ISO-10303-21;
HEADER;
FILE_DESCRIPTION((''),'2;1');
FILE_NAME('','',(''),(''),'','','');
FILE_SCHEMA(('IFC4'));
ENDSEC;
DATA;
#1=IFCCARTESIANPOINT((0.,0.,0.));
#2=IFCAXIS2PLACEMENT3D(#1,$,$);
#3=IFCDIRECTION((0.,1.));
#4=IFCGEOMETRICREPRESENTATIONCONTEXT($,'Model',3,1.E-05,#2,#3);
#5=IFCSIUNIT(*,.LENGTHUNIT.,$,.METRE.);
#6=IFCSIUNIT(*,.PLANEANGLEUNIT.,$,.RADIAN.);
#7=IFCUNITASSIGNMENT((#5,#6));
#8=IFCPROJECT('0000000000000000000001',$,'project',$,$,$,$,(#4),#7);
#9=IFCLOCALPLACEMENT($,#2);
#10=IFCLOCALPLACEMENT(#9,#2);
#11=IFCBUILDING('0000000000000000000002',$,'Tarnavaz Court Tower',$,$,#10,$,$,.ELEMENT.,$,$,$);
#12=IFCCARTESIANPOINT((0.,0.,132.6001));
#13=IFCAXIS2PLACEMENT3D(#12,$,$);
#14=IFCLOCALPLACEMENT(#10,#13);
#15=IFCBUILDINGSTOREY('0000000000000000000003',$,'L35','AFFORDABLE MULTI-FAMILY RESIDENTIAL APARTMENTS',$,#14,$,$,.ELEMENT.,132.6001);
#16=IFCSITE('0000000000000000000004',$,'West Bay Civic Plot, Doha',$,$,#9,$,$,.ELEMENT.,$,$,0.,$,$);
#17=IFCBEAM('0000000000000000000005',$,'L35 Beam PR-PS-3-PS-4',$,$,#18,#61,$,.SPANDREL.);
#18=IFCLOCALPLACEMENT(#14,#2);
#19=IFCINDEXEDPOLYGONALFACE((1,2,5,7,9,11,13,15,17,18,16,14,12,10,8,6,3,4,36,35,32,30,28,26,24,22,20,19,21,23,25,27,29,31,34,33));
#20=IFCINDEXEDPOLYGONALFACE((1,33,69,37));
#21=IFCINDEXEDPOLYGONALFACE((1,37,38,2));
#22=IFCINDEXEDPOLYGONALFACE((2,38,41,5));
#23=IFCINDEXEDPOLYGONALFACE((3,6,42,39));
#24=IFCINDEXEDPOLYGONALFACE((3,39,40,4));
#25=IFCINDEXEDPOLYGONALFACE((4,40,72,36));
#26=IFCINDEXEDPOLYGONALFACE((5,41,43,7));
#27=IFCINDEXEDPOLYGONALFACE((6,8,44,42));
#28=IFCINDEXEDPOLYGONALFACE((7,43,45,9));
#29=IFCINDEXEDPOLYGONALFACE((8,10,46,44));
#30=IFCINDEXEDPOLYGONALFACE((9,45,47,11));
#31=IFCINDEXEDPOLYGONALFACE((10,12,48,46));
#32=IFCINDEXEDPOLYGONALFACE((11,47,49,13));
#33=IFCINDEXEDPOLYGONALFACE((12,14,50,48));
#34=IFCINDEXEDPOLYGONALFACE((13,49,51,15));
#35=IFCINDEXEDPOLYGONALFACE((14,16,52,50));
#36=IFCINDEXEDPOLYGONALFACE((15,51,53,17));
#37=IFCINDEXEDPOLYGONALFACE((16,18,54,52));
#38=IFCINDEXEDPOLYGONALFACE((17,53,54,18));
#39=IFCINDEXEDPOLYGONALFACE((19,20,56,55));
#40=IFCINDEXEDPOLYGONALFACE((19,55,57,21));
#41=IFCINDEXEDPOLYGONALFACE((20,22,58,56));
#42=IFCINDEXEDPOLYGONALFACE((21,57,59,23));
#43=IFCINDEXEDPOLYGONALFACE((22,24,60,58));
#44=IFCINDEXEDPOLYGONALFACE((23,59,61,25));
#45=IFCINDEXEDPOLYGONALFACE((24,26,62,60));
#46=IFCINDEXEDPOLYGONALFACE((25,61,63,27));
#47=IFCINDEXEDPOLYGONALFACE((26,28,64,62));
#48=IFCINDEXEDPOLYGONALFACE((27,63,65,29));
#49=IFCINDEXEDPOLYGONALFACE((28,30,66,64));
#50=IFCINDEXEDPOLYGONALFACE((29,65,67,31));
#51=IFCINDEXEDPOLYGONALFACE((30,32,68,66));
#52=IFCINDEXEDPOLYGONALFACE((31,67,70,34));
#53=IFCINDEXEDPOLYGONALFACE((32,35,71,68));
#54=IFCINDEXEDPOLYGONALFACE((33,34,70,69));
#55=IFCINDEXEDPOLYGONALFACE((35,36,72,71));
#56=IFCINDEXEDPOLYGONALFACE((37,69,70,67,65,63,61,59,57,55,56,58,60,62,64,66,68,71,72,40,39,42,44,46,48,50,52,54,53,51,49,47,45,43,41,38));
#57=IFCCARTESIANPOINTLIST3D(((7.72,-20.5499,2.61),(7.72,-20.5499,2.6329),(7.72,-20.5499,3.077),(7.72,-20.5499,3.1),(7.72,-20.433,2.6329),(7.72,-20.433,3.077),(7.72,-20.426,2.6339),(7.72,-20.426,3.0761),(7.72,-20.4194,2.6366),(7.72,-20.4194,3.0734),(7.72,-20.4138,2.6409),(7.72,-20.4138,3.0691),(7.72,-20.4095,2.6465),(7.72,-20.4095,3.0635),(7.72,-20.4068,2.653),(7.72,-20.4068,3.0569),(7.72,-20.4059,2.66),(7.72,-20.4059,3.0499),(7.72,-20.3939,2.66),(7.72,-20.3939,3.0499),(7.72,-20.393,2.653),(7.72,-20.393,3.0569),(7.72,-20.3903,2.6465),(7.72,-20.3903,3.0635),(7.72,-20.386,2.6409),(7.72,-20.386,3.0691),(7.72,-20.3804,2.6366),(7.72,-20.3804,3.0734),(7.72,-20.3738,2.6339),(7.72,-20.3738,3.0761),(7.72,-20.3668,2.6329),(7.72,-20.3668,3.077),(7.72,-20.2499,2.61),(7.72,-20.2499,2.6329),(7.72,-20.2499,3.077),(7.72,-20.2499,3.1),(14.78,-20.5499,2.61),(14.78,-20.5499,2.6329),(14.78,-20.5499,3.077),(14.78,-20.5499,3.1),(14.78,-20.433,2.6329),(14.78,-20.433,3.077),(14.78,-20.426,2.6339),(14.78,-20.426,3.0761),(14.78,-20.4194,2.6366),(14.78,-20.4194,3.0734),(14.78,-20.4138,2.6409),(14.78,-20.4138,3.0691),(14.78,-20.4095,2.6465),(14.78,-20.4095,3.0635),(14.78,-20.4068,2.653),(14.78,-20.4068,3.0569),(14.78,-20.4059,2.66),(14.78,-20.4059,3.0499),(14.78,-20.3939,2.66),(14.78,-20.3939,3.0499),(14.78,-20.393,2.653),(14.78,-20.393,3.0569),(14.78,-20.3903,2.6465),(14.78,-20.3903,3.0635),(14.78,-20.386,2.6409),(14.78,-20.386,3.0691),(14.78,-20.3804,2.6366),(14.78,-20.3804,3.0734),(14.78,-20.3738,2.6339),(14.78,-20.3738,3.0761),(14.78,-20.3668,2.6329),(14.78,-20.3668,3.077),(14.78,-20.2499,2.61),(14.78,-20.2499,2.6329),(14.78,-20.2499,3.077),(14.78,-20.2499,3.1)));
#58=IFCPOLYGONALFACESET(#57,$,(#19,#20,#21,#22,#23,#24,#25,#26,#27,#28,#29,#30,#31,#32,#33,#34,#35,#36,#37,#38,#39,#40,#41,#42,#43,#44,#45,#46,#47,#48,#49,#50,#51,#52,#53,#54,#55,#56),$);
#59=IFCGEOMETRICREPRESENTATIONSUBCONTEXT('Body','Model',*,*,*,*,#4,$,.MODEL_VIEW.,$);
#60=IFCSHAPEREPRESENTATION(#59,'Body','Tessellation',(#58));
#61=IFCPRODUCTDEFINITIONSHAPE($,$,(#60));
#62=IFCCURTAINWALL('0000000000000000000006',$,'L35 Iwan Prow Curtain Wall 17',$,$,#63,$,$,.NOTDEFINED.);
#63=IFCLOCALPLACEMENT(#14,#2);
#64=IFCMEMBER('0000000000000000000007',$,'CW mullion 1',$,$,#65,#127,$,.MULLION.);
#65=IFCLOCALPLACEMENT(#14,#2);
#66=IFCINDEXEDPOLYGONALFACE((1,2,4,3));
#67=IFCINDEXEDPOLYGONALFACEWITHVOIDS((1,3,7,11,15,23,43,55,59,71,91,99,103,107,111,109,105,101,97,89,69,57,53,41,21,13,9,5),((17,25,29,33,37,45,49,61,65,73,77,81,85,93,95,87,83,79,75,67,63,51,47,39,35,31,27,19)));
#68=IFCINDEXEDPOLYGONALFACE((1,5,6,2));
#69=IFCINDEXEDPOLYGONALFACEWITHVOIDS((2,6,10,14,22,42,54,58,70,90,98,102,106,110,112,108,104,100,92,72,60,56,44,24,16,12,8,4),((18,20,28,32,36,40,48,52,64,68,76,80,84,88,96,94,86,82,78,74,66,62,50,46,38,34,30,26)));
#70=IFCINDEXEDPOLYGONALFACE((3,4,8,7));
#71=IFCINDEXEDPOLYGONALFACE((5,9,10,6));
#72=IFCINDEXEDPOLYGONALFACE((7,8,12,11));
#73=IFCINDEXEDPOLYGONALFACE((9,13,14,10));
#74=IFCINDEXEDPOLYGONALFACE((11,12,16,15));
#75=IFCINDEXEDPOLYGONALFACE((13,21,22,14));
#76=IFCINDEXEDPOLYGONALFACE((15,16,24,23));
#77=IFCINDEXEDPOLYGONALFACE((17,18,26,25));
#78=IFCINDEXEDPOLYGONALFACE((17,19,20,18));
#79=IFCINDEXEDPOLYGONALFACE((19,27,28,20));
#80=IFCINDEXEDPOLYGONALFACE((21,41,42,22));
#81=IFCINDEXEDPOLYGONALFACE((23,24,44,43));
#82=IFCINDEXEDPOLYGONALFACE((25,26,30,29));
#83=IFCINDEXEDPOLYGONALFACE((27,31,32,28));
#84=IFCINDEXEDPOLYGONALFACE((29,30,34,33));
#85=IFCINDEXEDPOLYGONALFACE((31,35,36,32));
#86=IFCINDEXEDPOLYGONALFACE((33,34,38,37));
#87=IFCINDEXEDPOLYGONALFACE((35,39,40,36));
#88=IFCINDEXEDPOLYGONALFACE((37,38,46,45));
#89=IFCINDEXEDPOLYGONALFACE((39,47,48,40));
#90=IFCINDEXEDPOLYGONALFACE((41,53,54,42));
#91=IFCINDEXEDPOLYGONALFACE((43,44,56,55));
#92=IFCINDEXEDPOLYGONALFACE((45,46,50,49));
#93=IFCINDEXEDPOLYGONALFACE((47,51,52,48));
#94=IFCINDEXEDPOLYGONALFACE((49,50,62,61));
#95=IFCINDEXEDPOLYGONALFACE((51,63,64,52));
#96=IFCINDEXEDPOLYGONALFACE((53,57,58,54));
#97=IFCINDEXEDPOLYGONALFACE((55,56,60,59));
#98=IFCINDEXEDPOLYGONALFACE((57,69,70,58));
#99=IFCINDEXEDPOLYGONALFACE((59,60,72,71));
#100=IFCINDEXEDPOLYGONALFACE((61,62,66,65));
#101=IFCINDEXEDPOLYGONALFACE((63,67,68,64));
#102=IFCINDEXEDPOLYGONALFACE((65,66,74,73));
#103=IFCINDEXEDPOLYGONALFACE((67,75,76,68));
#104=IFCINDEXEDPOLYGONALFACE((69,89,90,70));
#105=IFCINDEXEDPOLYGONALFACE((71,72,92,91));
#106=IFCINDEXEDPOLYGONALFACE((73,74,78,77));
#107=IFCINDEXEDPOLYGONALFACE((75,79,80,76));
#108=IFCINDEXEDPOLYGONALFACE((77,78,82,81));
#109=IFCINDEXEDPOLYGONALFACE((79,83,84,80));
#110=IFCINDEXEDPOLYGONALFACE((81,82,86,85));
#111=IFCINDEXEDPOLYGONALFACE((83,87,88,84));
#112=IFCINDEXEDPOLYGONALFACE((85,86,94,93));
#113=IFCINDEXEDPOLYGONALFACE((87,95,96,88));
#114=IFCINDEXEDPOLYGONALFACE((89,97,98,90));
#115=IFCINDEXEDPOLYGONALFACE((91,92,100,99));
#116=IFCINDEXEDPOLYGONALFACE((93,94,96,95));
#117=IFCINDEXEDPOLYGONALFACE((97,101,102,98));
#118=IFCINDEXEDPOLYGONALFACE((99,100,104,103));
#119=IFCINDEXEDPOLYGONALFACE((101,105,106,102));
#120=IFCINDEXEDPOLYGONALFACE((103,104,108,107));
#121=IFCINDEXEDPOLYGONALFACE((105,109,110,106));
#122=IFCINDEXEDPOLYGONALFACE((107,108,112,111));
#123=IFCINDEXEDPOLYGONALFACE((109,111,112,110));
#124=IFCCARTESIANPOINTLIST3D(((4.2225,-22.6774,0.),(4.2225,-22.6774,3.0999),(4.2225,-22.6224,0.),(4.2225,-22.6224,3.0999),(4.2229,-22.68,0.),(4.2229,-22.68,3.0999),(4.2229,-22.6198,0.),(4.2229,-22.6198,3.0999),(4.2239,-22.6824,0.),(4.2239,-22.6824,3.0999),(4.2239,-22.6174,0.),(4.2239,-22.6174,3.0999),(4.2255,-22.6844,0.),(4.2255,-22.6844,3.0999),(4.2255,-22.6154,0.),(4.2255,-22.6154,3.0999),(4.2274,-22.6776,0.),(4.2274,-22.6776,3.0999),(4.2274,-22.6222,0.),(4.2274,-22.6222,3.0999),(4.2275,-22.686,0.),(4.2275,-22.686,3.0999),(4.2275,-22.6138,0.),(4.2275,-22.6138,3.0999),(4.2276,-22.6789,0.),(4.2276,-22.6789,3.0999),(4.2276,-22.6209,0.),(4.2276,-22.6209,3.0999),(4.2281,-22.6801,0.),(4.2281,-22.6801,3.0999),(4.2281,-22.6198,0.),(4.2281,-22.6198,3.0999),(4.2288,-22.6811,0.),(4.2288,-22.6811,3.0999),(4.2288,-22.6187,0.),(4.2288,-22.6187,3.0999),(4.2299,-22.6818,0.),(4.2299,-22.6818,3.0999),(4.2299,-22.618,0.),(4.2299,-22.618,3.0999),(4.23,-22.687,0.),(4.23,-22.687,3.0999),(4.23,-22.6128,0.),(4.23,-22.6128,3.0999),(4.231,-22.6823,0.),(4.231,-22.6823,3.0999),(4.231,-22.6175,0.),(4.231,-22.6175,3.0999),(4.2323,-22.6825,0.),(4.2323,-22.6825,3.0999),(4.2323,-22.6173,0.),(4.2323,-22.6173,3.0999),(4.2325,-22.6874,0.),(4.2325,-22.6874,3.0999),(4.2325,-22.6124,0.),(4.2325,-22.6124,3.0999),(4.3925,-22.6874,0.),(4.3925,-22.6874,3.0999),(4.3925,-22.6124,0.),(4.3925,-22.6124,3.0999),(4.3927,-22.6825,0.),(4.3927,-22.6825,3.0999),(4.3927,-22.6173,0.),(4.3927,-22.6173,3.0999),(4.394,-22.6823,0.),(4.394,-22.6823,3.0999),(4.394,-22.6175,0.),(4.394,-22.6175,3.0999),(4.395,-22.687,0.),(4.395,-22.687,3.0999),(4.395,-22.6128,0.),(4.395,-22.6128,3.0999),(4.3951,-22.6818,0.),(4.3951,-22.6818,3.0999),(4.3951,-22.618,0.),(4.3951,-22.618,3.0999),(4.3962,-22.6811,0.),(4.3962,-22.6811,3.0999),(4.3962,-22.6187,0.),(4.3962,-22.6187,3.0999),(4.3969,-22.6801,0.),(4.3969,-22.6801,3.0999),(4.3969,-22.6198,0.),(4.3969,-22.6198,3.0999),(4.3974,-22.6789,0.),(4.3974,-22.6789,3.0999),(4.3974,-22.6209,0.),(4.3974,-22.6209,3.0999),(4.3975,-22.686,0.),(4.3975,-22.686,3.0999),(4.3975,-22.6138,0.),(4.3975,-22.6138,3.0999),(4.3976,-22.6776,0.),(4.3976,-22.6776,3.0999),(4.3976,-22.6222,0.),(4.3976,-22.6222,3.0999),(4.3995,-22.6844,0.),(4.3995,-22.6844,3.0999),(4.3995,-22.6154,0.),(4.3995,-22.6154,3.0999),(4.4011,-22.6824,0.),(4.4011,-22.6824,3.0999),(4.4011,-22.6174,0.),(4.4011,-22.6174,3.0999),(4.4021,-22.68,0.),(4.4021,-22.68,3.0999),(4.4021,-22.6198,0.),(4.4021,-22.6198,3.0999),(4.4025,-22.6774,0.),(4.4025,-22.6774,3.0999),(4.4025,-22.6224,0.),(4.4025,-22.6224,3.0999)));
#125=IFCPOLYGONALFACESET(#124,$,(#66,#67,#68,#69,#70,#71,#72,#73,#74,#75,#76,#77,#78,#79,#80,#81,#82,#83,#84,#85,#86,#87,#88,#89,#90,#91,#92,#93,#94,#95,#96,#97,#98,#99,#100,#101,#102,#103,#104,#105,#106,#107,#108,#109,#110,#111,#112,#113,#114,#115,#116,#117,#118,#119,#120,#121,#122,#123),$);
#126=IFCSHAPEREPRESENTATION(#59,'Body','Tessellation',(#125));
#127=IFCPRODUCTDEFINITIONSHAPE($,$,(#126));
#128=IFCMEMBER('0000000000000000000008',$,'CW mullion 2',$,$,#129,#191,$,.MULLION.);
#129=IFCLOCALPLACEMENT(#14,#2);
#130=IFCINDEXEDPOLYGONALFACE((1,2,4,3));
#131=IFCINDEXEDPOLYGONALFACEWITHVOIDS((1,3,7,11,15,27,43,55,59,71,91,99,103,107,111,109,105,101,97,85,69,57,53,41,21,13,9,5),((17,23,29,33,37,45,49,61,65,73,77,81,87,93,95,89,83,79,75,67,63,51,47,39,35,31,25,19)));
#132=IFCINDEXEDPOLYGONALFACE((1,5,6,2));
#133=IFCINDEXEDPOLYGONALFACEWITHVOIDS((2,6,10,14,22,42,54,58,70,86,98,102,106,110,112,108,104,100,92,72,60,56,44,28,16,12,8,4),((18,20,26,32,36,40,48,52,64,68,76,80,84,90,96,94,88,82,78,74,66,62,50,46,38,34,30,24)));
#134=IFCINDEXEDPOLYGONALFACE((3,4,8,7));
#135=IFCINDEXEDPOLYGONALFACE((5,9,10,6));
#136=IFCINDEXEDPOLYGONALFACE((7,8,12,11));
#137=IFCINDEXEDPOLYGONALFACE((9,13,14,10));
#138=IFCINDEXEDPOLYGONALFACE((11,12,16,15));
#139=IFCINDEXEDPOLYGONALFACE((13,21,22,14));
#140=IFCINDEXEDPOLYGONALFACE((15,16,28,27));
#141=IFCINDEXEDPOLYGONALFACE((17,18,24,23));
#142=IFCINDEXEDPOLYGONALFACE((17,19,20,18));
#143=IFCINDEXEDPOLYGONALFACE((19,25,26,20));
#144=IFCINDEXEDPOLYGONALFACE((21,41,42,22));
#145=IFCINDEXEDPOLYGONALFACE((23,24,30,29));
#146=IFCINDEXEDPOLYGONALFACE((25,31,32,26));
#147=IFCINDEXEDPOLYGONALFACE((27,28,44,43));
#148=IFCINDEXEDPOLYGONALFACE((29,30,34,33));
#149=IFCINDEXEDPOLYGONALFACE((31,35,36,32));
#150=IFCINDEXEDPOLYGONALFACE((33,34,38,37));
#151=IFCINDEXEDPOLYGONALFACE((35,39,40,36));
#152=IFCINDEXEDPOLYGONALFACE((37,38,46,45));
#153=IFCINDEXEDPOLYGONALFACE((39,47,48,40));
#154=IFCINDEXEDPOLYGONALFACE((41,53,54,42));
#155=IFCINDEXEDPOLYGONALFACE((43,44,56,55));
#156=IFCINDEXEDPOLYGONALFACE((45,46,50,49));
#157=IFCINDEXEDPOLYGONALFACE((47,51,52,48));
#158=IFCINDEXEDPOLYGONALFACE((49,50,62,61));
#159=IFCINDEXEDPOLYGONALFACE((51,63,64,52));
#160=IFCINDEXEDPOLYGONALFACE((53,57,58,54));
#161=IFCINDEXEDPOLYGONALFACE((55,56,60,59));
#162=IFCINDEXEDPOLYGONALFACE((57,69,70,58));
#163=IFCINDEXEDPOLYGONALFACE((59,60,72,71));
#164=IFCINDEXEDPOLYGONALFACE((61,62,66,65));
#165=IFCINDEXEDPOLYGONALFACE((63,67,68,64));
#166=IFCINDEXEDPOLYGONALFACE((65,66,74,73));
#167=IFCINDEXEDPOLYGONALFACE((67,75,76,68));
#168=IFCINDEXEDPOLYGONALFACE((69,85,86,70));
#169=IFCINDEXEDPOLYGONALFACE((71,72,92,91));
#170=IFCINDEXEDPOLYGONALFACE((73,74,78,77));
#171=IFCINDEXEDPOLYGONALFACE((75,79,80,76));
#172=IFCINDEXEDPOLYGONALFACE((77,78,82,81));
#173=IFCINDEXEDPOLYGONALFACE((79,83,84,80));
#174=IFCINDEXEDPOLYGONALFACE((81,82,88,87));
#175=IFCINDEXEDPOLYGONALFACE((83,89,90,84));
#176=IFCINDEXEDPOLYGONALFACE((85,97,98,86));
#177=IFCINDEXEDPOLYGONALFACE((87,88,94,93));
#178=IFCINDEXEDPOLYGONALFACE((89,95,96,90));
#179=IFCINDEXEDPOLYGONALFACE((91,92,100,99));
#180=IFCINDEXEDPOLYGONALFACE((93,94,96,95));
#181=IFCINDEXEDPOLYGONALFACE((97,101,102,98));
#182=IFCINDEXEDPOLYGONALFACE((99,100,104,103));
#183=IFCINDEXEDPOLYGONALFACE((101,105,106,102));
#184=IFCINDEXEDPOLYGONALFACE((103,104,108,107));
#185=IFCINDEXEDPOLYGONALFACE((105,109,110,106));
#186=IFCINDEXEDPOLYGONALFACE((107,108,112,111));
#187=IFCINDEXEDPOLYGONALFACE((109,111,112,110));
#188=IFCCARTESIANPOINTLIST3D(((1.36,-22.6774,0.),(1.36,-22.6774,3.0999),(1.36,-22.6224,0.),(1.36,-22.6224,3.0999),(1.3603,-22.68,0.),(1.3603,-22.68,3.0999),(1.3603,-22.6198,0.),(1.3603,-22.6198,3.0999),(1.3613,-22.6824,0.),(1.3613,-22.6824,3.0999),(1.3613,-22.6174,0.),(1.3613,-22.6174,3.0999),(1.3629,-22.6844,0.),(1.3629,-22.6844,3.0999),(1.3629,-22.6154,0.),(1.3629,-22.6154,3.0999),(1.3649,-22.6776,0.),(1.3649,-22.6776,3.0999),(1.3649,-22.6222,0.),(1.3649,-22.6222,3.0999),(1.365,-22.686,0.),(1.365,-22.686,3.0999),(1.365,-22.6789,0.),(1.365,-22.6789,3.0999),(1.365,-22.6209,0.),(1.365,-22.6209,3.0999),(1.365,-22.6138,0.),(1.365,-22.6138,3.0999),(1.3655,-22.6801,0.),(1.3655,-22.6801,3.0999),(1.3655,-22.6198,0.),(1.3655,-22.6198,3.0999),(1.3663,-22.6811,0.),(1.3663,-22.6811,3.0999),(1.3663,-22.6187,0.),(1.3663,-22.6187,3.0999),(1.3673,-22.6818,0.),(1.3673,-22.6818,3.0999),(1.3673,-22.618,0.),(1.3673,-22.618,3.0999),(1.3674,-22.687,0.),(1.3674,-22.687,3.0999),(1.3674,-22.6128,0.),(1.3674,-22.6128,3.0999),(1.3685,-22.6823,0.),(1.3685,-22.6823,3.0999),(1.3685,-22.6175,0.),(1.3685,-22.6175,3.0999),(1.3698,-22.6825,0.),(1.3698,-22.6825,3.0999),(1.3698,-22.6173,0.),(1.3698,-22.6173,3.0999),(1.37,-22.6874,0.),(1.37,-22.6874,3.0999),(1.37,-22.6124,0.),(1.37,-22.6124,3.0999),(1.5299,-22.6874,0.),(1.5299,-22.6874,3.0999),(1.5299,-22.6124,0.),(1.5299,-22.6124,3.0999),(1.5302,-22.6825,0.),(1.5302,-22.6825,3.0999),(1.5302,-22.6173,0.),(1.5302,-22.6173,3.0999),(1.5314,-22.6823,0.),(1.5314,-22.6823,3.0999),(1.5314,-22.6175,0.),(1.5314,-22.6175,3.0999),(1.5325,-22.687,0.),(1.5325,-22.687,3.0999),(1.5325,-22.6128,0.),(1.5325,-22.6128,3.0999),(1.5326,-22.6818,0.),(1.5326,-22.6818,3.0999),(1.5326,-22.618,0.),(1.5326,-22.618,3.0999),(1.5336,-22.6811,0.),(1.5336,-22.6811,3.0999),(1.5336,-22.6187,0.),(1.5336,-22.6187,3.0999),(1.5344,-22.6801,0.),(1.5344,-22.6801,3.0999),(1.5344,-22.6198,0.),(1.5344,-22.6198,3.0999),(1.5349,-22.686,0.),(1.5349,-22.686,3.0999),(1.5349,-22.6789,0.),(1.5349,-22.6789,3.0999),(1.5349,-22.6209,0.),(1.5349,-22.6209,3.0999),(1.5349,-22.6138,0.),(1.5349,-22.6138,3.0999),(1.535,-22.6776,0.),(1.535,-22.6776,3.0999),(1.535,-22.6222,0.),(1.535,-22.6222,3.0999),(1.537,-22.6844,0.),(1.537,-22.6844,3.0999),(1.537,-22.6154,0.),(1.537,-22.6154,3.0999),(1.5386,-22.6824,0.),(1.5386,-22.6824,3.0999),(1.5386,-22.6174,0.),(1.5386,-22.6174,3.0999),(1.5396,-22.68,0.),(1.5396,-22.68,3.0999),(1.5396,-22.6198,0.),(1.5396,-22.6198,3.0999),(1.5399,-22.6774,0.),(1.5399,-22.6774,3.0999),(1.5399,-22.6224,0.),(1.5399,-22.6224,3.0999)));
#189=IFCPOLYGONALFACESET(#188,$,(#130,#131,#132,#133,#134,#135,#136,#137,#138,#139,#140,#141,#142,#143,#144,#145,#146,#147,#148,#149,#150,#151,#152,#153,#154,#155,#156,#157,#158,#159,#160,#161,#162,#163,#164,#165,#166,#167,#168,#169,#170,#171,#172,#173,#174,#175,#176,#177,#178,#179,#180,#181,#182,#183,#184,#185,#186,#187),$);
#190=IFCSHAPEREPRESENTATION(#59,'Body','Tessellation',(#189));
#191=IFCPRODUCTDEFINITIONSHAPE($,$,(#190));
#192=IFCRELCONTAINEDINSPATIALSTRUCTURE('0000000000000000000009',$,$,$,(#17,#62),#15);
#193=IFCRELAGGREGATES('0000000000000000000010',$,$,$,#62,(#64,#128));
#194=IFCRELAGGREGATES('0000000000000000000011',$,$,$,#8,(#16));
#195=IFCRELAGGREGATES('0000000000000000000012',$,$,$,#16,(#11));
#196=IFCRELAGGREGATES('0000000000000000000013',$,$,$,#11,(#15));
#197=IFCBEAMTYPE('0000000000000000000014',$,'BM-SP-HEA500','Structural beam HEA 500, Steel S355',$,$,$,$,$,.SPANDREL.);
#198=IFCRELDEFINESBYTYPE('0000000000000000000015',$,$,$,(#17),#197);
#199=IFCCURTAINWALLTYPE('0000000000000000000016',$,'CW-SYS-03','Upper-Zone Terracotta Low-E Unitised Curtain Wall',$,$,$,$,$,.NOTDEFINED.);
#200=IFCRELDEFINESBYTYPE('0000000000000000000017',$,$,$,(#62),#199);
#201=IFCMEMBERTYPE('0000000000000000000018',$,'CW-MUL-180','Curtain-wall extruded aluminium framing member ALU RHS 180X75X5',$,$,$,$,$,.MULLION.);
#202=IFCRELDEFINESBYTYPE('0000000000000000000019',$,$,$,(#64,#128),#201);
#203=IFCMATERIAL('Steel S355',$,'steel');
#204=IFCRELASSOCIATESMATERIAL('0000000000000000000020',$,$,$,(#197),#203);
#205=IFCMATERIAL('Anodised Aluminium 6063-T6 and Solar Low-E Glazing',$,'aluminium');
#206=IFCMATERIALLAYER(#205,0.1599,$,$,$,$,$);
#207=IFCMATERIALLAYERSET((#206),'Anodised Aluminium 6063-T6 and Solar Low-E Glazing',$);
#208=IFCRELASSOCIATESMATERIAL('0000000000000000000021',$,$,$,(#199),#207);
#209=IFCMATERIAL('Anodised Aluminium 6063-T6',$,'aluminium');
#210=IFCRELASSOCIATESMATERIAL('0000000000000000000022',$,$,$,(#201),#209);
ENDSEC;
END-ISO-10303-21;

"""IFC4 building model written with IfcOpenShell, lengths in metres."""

from ifc_helpers import new_model, si_unit, direction, frame, origin, origin_2d, place, context, subcontext, project, spatial, hollow_rectangle, i_section, extrude, material, layer, layer_set, material_profile, profile_set, type_object, element, aggregate, save


model = new_model("IFC4")

# Units and contexts
model_context = context("Model", 3, precision=1e-05, world=origin(), true_north=direction((0.0, 1.0)))
body_context = subcontext(model_context, "Body", "Model", "MODEL_VIEW")
ifc_project = project(units=[si_unit("LENGTHUNIT", "METRE"), si_unit("PLANEANGLEUNIT", "RADIAN")], contexts=[model_context])

# Site, building, storey
site_placement = place(None, origin())
site = spatial("IfcSite", under=ifc_project, at=site_placement, Name="West Bay Civic Plot, Doha", CompositionType="ELEMENT", RefElevation=0.0)
building_placement = place(site_placement, origin())
building = spatial("IfcBuilding", under=site, at=building_placement, Name="Tarnavaz Court Tower", CompositionType="ELEMENT")
storey_placement = place(building_placement, frame((0.0, 0.0, 132.6001)))
storey = spatial("IfcBuildingStorey", under=building, at=storey_placement, Name="L35", Description="AFFORDABLE MULTI-FAMILY RESIDENTIAL APARTMENTS", CompositionType="ELEMENT", Elevation=132.6001)

# Beam
ifc_material_1 = material(Name="Steel S355", Category="steel")
ifc_material_profile_1 = material_profile(ifc_material_1, i_section(OverallWidth=0.3, OverallDepth=0.49, WebThickness=0.012, FlangeThickness=0.0229, FilletRadius=0.0271, at=origin_2d()), Name="HEA 500")
ifc_profile_set_1 = profile_set([ifc_material_profile_1], Name="Steel S355")
beam_type_1 = type_object("IfcBeamType", Name="BM-SP-HEA500", Description="Structural beam HEA 500, Steel S355", PredefinedType="SPANDREL", material=ifc_profile_set_1)
beam_placement = place(storey_placement, frame((7.72, -20.3999, 2.855), z_axis=(1.0, 0.0, 0.0), x_axis=(0.0, 1.0, 0.0)))
element("IfcBeam", 1, at=beam_placement, inside=storey, type_object=beam_type_1, Name="L35 Beam PR-PS-3-PS-4", PredefinedType="SPANDREL", context=body_context, shape_type="SweptSolid", body=[
    extrude(i_section(OverallWidth=0.3, OverallDepth=0.49, WebThickness=0.012, FlangeThickness=0.0229, FilletRadius=0.0271, at=origin_2d()), origin(), (0.0, 0.0, 1.0), 7.0601),
])

# Curtain wall, members
ifc_material_2 = material(Name="Anodised Aluminium 6063-T6 and Solar Low-E Glazing", Category="aluminium")
ifc_layer_1 = layer(ifc_material_2, 0.1599)
ifc_layer_set_1 = layer_set([ifc_layer_1], Name="Anodised Aluminium 6063-T6 and Solar Low-E Glazing")
curtain_wall_type = type_object("IfcCurtainWallType", Name="CW-SYS-03", Description="Upper-Zone Terracotta Low-E Unitised Curtain Wall", PredefinedType="NOTDEFINED", material=ifc_layer_set_1)
curtain_wall_placement = place(storey_placement, origin())
curtain_wall = element("IfcCurtainWall", 2, at=curtain_wall_placement, inside=storey, type_object=curtain_wall_type, Name="L35 Iwan Prow Curtain Wall 17", PredefinedType="NOTDEFINED")
ifc_material_3 = material(Name="Anodised Aluminium 6063-T6", Category="aluminium")
ifc_material_profile_2 = material_profile(ifc_material_3, hollow_rectangle(XDim=0.075, YDim=0.1799, WallThickness=0.0049, InnerFilletRadius=0.0049, OuterFilletRadius=0.01, at=origin_2d()), Name="ALU RHS 180X75X5")
ifc_profile_set_2 = profile_set([ifc_material_profile_2], Name="Anodised Aluminium 6063-T6")
member_type_1 = type_object("IfcMemberType", Name="CW-MUL-180", Description="Curtain-wall extruded aluminium framing member ALU RHS 180X75X5", PredefinedType="MULLION", material=ifc_profile_set_2)
member_1_placement = place(storey_placement, frame((4.3125, -22.6499, 0.0), z_axis=(0.0, 0.0, 1.0), x_axis=(0.0, -1.0, 0.0)))
member_1 = element("IfcMember", 3, at=member_1_placement, type_object=member_type_1, Name="CW mullion 1", PredefinedType="MULLION", context=body_context, shape_type="SweptSolid", body=[
    extrude(hollow_rectangle(XDim=0.075, YDim=0.1799, WallThickness=0.0049, InnerFilletRadius=0.0049, OuterFilletRadius=0.01, at=origin_2d()), origin(), (0.0, 0.0, 1.0), 3.0999),
])
member_2_placement = place(storey_placement, frame((1.45, -22.6499, 0.0), z_axis=(0.0, 0.0, 1.0), x_axis=(0.0, -1.0, 0.0)))
member_2 = element("IfcMember", 4, at=member_2_placement, type_object=member_type_1, Name="CW mullion 2", PredefinedType="MULLION", context=body_context, shape_type="SweptSolid", body=[
    extrude(hollow_rectangle(XDim=0.075, YDim=0.1799, WallThickness=0.0049, InnerFilletRadius=0.0049, OuterFilletRadius=0.01, at=origin_2d()), origin(), (0.0, 0.0, 1.0), 3.0999),
])
aggregate(curtain_wall, [member_1, member_2])

save(model, "model.ifc")
